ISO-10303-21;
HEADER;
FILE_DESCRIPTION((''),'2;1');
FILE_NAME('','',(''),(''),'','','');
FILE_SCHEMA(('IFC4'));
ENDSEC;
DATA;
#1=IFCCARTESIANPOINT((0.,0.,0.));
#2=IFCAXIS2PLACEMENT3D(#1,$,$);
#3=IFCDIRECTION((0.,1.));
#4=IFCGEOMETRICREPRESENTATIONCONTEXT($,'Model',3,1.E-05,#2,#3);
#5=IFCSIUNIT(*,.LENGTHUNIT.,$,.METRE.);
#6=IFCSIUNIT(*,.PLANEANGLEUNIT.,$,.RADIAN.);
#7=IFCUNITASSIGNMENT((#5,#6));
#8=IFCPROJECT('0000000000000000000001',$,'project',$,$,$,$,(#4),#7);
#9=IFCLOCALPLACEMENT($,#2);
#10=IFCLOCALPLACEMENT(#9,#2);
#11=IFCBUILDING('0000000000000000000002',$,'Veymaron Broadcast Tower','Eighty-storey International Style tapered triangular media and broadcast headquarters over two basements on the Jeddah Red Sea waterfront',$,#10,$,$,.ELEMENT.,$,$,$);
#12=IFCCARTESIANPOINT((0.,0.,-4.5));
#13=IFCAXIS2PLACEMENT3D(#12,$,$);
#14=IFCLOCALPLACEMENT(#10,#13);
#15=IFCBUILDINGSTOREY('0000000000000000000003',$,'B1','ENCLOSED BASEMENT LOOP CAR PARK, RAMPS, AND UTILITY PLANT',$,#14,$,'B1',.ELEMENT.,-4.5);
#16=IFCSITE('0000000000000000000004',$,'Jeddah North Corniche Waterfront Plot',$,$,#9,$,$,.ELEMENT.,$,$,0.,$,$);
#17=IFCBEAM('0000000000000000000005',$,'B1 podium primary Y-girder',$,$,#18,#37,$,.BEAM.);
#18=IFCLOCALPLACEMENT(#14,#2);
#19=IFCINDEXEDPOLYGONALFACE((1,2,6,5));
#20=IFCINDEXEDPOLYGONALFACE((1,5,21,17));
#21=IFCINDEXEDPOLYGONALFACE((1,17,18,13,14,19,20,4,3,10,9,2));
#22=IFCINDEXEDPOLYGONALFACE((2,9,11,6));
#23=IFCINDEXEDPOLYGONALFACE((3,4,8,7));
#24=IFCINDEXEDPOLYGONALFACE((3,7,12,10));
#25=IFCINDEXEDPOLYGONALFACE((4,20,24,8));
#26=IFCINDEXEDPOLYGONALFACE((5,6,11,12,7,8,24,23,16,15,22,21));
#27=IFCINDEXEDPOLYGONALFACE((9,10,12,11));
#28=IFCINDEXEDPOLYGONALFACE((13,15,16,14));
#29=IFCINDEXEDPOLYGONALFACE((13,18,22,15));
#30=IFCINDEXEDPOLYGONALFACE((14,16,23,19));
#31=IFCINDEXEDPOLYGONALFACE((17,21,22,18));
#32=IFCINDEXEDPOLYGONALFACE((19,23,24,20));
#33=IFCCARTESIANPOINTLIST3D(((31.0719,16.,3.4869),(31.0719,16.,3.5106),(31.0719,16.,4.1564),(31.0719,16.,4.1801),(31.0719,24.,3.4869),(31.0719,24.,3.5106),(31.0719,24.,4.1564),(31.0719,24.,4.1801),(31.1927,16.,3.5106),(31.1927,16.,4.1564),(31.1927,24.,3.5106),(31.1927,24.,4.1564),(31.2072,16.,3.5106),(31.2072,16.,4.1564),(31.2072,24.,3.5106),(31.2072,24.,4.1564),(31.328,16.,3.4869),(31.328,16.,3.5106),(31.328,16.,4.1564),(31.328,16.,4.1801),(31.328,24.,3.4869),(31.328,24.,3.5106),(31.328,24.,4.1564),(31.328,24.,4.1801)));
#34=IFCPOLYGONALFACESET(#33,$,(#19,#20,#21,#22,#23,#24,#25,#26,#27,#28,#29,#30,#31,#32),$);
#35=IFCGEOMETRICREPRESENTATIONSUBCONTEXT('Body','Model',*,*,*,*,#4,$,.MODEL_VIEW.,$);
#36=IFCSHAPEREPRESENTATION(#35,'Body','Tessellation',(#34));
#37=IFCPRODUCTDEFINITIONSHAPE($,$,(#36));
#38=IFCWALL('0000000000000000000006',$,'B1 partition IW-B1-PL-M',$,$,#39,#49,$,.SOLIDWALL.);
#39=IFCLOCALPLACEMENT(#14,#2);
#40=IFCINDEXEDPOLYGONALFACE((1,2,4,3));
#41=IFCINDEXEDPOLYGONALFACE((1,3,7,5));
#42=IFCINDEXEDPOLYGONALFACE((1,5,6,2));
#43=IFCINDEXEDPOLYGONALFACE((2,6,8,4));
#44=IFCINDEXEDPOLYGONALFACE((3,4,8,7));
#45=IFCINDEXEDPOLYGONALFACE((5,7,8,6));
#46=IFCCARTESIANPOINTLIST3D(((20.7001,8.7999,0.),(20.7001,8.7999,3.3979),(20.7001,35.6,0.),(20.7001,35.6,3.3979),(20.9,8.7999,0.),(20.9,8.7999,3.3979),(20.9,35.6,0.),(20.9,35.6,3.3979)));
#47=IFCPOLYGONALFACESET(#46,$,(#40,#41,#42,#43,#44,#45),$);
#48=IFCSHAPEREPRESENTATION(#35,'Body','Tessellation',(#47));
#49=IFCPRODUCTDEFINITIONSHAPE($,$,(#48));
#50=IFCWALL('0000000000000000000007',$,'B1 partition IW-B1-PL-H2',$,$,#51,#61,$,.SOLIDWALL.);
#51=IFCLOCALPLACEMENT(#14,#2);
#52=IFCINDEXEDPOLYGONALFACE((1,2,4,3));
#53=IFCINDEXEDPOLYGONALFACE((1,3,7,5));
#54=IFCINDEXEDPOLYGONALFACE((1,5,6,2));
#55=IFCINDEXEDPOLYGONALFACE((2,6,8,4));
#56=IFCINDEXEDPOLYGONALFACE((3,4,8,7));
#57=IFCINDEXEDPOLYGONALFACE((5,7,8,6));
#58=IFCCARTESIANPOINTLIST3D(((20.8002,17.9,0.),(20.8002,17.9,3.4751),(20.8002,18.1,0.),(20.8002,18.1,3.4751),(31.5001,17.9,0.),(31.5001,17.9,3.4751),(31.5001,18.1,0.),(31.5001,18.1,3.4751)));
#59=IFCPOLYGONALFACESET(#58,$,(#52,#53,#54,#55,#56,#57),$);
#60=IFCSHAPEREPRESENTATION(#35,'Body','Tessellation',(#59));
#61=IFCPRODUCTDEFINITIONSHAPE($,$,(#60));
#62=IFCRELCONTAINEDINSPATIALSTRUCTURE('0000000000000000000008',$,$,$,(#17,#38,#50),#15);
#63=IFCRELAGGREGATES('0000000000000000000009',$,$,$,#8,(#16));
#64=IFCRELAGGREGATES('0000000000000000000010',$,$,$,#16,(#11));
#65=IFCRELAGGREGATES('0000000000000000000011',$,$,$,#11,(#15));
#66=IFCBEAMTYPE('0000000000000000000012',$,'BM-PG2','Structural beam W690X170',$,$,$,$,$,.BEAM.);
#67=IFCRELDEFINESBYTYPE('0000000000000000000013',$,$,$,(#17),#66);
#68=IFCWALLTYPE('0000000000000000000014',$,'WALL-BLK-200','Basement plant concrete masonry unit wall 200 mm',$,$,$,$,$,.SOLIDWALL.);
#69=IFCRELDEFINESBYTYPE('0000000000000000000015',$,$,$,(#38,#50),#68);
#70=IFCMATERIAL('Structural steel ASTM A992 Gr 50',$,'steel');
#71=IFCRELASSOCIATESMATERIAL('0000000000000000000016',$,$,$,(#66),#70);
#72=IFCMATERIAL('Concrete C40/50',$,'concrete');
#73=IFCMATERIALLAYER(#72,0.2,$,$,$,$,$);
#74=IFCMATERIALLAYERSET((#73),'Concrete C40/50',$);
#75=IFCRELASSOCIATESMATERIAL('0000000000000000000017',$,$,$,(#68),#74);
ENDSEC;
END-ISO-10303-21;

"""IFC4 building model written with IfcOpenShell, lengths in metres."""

from ifc_helpers import new_model, si_unit, direction, frame, frame_2d, origin, origin_2d, place, context, subcontext, project, spatial, rectangle, i_section, extrude, material, layer, layer_set, material_profile, profile_set, type_object, element, save


model = new_model("IFC4")

# Units and contexts
model_context = context("Model", 3, precision=1e-05, world=origin(), true_north=direction((0.0, 1.0)))
body_context = subcontext(model_context, "Body", "Model", "MODEL_VIEW")
ifc_project = project(units=[si_unit("LENGTHUNIT", "METRE"), si_unit("PLANEANGLEUNIT", "RADIAN")], contexts=[model_context])

# Site, building, storey
site_placement = place(None, origin())
site = spatial("IfcSite", under=ifc_project, at=site_placement, Name="Jeddah North Corniche Waterfront Plot", CompositionType="ELEMENT", RefElevation=0.0)
building_placement = place(site_placement, origin())
building = spatial("IfcBuilding", under=site, at=building_placement, Name="Veymaron Broadcast Tower", Description="Eighty-storey International Style tapered triangular media and broadcast headquarters over two basements on the Jeddah Red Sea waterfront", CompositionType="ELEMENT")
storey_placement = place(building_placement, frame((0.0, 0.0, -4.5)))
storey = spatial("IfcBuildingStorey", under=building, at=storey_placement, Name="B1", Description="ENCLOSED BASEMENT LOOP CAR PARK, RAMPS, AND UTILITY PLANT", LongName="B1", CompositionType="ELEMENT", Elevation=-4.5)

# Beam
ifc_material_1 = material(Name="Structural steel ASTM A992 Gr 50", Category="steel")
ifc_material_profile_1 = material_profile(ifc_material_1, i_section(OverallWidth=0.2561, OverallDepth=0.6931, WebThickness=0.0144, FlangeThickness=0.0237, at=origin_2d()), Name="W690X170")
ifc_profile_set_1 = profile_set([ifc_material_profile_1], Name="Structural steel ASTM A992 Gr 50")
beam_type_1 = type_object("IfcBeamType", Name="BM-PG2", Description="Structural beam W690X170", PredefinedType="BEAM", material=ifc_profile_set_1)
for number, where, z_axis, x_axis, name in (
    (1, (31.2, 16.0, 3.8335), (0.0, 1.0, 0.0), (-1.0, 0.0, 0.0), "B1 podium primary Y-girder"),
):
    element("IfcBeam", number, at=place(storey_placement, frame(where, z_axis=z_axis, x_axis=x_axis)), inside=storey, type_object=beam_type_1, Name=name, PredefinedType="BEAM", context=body_context, shape_type="SweptSolid", body=[
        extrude(i_section(OverallWidth=0.2561, OverallDepth=0.6931, WebThickness=0.0144, FlangeThickness=0.0237, at=origin_2d()), origin(), (0.0, 0.0, 1.0), 8.0),
    ])

# Walls
ifc_material_2 = material(Name="Concrete C40/50", Category="concrete")
ifc_layer = layer(ifc_material_2, 0.2)
ifc_layer_set = layer_set([ifc_layer], Name="Concrete C40/50")
wall_type = type_object("IfcWallType", Name="WALL-BLK-200", Description="Basement plant concrete masonry unit wall 200 mm", PredefinedType="SOLIDWALL", material=ifc_layer_set)
wall_1_placement = place(storey_placement, frame((20.8, 8.8, 0.0), z_axis=(0.0, 0.0, 1.0), x_axis=(0.0, 1.0, 0.0)))
element("IfcWall", 2, at=wall_1_placement, inside=storey, type_object=wall_type, Name="B1 partition IW-B1-PL-M", PredefinedType="SOLIDWALL", context=body_context, shape_type="SweptSolid", body=[
    extrude(rectangle(XDim=26.8, YDim=0.2, at=frame_2d((13.3999, 0.0))), origin(), (0.0, 0.0, 1.0), 3.3979),
])
wall_2_placement = place(storey_placement, frame((20.8, 18.0, 0.0), z_axis=(0.0, 0.0, 1.0), x_axis=(1.0, 0.0, 0.0)))
element("IfcWall", 3, at=wall_2_placement, inside=storey, type_object=wall_type, Name="B1 partition IW-B1-PL-H2", PredefinedType="SOLIDWALL", context=body_context, shape_type="SweptSolid", body=[
    extrude(rectangle(XDim=10.7, YDim=0.2, at=frame_2d((5.3501, 0.0))), origin(), (0.0, 0.0, 1.0), 3.4751),
])

save(model, "model.ifc")
